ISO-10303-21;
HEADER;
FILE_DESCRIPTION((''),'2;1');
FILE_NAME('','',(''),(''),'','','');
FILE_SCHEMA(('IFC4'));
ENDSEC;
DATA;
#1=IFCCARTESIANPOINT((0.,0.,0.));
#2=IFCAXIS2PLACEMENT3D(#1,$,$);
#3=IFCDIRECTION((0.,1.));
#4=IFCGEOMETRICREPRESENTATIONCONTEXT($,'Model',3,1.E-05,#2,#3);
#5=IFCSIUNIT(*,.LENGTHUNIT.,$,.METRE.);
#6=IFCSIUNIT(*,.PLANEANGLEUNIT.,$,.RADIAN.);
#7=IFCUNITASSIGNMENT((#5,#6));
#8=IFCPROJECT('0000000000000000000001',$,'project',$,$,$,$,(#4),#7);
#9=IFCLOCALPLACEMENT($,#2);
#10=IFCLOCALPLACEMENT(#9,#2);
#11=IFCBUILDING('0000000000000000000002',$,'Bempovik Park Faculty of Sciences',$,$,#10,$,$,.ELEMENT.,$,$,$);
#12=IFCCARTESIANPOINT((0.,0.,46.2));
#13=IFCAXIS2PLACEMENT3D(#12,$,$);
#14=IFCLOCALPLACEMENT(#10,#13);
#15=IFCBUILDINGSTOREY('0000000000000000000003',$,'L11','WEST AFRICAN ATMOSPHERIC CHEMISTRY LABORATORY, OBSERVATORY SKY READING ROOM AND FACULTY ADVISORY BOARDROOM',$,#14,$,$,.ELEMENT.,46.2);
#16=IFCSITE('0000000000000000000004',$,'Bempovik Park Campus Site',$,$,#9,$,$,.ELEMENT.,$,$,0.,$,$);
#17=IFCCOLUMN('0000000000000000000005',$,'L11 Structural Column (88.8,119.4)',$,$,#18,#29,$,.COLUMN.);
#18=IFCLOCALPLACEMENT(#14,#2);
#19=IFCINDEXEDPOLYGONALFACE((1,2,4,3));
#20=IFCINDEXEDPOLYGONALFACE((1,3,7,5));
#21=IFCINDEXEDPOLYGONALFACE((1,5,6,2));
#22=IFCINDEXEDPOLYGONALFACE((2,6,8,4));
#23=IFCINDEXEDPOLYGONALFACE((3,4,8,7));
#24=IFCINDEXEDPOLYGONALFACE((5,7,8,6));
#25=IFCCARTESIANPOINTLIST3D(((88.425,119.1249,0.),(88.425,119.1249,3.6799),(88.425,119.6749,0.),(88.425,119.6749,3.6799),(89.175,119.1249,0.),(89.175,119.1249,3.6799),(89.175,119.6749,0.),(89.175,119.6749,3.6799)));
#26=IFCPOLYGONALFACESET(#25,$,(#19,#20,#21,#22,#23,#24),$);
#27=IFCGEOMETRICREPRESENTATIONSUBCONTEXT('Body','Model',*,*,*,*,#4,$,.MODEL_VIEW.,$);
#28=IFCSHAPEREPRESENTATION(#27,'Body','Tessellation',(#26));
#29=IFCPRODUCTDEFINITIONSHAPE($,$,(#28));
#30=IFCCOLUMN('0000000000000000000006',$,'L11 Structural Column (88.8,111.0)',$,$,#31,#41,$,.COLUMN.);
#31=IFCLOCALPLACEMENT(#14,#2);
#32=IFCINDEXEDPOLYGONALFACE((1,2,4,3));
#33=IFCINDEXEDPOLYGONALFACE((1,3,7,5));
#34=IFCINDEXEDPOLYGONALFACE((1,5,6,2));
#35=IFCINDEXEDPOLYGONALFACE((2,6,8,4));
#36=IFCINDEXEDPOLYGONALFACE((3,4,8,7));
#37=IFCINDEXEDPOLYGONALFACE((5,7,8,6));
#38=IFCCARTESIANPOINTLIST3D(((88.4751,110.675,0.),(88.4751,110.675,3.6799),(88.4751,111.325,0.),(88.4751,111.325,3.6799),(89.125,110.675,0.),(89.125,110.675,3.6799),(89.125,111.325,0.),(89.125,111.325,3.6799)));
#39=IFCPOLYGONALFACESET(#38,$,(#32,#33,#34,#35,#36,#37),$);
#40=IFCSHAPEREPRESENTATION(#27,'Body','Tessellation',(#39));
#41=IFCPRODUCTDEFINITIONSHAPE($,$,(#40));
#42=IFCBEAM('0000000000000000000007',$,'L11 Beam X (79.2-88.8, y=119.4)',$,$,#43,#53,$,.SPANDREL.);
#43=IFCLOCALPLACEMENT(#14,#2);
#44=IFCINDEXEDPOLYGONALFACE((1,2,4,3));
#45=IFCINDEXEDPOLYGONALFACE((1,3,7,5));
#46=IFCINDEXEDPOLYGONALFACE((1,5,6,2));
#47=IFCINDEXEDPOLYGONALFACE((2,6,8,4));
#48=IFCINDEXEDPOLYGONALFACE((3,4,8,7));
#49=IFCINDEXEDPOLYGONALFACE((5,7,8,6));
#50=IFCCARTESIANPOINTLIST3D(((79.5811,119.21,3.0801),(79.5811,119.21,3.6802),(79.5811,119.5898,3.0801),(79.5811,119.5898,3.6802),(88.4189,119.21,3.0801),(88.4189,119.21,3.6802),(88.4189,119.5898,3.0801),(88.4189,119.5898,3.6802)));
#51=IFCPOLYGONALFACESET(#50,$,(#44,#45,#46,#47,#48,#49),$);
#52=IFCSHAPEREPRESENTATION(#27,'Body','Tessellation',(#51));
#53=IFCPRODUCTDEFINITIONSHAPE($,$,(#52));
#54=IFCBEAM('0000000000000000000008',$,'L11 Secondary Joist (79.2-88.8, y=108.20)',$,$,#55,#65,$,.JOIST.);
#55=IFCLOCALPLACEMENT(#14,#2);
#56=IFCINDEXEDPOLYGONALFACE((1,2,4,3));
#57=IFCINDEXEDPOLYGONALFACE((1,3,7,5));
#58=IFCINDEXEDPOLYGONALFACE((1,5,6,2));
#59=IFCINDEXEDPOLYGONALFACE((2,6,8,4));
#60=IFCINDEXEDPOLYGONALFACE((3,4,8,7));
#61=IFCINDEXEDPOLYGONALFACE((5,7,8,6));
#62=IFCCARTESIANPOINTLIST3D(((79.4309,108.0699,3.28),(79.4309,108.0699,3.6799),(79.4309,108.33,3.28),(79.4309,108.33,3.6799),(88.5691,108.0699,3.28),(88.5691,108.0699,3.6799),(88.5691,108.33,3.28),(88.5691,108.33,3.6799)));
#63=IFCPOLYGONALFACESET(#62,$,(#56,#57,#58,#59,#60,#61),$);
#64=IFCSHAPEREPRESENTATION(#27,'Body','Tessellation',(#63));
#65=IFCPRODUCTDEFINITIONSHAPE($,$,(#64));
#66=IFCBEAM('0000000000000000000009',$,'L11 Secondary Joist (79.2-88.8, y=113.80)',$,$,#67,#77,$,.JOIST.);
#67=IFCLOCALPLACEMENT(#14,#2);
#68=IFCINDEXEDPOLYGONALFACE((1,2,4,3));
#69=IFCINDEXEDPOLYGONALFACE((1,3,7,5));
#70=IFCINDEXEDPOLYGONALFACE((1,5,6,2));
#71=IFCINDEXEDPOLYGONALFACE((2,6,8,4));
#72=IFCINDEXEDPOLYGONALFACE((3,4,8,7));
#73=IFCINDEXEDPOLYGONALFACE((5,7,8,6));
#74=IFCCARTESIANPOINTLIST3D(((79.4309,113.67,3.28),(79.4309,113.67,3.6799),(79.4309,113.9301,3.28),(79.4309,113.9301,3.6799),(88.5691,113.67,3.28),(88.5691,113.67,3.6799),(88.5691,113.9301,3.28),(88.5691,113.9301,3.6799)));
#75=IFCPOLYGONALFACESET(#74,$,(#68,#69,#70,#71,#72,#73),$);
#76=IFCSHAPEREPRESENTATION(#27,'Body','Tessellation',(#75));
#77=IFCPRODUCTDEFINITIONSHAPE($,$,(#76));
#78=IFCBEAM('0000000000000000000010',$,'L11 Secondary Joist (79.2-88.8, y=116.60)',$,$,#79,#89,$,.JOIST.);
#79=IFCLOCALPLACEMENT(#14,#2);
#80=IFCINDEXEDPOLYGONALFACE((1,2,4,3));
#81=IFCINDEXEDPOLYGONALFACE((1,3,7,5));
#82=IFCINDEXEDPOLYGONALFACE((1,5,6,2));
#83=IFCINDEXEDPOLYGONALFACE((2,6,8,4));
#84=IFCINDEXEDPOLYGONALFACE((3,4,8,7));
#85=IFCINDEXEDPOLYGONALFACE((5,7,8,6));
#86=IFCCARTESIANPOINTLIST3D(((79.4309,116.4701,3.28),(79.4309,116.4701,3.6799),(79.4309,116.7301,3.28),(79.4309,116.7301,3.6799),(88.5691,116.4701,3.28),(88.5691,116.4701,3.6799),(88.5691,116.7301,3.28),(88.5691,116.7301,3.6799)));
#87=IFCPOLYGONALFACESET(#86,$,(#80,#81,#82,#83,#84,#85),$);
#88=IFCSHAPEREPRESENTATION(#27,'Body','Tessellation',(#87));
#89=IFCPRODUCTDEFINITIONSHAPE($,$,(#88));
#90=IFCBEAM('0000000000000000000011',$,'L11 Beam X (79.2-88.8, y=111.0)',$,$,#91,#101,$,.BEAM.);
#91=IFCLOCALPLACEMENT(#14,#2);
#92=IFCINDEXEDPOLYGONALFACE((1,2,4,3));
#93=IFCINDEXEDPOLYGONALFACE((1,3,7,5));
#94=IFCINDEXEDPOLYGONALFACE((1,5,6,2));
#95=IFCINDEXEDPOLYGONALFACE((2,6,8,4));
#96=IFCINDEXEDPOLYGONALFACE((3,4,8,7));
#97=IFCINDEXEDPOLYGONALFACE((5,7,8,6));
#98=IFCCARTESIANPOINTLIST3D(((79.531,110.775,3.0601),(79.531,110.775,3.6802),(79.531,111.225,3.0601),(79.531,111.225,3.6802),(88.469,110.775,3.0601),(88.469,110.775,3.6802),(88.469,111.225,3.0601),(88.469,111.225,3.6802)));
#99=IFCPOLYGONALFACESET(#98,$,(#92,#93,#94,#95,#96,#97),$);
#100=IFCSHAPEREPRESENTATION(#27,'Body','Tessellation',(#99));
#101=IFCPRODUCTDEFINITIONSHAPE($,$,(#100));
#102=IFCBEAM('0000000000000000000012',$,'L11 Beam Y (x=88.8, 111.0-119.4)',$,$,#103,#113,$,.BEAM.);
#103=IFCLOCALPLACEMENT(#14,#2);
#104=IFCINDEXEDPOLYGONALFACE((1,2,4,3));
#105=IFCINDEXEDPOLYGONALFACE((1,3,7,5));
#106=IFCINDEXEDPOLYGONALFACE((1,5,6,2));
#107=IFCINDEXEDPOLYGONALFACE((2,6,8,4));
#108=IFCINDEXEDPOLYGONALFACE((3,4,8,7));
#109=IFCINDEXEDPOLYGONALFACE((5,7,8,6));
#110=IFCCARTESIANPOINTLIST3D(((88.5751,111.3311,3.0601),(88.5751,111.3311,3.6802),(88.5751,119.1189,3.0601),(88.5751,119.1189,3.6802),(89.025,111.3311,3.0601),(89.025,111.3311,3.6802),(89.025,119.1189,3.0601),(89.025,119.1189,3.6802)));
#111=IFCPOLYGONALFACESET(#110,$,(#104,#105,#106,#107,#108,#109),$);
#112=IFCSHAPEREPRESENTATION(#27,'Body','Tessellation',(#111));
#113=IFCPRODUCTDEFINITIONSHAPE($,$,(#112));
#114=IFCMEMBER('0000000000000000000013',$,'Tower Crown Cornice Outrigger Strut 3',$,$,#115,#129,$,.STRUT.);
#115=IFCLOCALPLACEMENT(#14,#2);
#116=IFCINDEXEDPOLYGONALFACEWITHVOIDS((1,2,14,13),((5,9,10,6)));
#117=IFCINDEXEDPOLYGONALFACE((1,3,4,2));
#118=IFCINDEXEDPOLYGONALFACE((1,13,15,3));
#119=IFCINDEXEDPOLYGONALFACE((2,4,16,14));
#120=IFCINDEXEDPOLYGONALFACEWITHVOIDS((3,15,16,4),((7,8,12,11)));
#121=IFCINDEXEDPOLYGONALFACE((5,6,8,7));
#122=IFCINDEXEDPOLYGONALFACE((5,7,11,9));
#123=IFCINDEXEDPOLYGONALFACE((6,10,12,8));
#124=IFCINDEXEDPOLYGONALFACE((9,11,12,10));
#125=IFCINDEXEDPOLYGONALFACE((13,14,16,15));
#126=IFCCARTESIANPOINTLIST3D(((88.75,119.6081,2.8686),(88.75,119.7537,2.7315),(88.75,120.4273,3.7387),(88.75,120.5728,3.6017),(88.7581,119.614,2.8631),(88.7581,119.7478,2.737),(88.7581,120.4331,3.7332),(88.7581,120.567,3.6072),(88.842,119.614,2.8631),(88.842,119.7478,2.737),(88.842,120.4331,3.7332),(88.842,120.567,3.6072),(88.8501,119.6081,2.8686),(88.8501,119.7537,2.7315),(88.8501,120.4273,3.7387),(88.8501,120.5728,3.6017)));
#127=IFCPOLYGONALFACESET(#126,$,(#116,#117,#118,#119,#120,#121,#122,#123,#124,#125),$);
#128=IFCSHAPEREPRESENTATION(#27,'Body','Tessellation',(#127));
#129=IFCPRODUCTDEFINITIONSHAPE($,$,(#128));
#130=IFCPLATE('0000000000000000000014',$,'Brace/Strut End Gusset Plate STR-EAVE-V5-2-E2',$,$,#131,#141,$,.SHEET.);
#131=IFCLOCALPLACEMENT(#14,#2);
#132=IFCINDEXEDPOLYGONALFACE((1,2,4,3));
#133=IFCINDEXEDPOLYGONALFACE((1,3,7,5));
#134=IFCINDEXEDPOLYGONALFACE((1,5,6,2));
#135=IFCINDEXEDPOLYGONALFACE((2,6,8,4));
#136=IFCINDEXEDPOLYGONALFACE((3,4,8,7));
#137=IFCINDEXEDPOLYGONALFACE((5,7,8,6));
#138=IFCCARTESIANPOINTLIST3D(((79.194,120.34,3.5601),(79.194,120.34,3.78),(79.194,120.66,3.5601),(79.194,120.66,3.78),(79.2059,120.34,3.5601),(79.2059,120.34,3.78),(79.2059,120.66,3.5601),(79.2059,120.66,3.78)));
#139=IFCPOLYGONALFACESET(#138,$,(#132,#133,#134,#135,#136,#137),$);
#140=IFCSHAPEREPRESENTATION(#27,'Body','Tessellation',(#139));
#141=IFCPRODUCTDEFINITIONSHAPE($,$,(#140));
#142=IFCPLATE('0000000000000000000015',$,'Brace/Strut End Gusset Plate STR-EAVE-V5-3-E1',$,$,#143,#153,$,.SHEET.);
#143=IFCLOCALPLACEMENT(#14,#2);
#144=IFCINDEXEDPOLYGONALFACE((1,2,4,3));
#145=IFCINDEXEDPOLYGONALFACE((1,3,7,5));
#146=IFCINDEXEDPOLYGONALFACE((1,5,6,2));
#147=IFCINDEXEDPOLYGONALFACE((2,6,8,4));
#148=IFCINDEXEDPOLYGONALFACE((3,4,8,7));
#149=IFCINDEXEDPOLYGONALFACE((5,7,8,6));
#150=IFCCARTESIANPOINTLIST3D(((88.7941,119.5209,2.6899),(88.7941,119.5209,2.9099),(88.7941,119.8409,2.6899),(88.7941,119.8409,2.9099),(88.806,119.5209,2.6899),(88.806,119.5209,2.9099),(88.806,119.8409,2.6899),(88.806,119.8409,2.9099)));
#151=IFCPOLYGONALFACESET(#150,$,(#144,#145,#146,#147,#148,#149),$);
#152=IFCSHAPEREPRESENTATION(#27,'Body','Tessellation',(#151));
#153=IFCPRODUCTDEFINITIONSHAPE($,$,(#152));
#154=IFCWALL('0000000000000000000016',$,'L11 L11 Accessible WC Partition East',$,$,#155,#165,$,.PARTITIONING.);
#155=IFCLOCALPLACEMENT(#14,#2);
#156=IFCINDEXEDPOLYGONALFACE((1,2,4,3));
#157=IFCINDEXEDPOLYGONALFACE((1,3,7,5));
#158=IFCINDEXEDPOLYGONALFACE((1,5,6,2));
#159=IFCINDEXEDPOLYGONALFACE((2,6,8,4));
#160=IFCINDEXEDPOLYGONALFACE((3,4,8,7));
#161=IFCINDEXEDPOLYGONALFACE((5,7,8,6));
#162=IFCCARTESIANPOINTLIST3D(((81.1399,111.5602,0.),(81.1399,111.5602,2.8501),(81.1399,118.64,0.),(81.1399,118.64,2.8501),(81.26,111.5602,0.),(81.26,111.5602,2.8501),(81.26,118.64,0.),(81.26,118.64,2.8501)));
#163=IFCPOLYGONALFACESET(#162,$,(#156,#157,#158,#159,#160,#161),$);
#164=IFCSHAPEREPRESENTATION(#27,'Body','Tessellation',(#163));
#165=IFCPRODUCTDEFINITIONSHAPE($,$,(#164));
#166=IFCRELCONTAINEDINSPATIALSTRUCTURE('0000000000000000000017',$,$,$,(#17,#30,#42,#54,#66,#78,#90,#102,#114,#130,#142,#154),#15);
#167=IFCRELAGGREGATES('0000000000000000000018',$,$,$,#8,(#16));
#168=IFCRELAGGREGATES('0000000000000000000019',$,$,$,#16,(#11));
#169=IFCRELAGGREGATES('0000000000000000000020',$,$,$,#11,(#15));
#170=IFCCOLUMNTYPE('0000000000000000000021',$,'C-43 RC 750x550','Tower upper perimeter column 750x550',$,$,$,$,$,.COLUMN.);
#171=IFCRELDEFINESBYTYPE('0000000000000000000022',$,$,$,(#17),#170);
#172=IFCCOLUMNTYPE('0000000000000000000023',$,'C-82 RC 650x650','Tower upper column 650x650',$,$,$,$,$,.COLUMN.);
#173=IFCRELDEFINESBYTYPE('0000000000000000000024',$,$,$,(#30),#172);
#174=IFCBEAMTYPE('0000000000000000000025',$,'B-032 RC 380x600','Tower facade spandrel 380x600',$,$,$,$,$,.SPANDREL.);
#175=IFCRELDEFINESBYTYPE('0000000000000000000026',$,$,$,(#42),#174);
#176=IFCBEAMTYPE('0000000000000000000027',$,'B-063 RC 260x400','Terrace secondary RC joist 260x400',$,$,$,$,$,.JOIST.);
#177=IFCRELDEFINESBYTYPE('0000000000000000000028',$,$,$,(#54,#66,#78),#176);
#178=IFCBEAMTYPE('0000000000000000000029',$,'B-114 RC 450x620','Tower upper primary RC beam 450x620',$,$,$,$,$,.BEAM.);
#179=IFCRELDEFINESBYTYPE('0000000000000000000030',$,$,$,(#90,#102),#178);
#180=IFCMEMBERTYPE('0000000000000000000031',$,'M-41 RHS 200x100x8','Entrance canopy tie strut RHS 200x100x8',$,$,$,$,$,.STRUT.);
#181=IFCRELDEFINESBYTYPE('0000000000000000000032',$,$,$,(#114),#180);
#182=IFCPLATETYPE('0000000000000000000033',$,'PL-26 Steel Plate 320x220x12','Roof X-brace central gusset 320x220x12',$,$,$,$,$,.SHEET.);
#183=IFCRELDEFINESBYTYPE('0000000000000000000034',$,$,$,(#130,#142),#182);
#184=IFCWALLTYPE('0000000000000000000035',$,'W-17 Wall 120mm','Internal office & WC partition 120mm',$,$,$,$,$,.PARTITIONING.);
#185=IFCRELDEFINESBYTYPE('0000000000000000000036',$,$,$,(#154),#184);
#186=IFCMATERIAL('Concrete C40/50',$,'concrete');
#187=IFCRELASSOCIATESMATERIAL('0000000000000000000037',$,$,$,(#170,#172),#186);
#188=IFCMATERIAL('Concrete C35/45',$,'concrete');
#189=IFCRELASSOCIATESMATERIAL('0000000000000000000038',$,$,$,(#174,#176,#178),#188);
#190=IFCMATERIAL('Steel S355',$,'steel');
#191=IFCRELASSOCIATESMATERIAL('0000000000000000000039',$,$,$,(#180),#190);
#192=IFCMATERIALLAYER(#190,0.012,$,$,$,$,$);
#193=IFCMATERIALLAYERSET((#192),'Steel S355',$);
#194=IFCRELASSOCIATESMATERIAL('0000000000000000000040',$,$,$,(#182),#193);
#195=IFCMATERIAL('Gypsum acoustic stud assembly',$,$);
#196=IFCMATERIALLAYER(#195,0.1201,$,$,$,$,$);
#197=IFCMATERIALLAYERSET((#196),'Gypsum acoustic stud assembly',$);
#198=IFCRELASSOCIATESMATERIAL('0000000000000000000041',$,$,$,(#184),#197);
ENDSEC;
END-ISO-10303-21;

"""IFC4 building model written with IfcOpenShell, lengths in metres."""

from ifc_helpers import new_model, si_unit, direction, frame, frame_2d, origin, origin_2d, place, context, subcontext, project, spatial, rectangle, hollow_rectangle, extrude, material, layer, layer_set, material_profile, profile_set, type_object, element, save


model = new_model("IFC4")

# Units and contexts
model_context = context("Model", 3, precision=1e-05, world=origin(), true_north=direction((0.0, 1.0)))
body_context = subcontext(model_context, "Body", "Model", "MODEL_VIEW")
ifc_project = project(units=[si_unit("LENGTHUNIT", "METRE"), si_unit("PLANEANGLEUNIT", "RADIAN")], contexts=[model_context])

# Site, building, storey
site_placement = place(None, origin())
site = spatial("IfcSite", under=ifc_project, at=site_placement, Name="Bempovik Park Campus Site", CompositionType="ELEMENT", RefElevation=0.0)
building_placement = place(site_placement, origin())
building = spatial("IfcBuilding", under=site, at=building_placement, Name="Bempovik Park Faculty of Sciences", CompositionType="ELEMENT")
storey_placement = place(building_placement, frame((0.0, 0.0, 46.2)))
storey = spatial("IfcBuildingStorey", under=building, at=storey_placement, Name="L11", Description="WEST AFRICAN ATMOSPHERIC CHEMISTRY LABORATORY, OBSERVATORY SKY READING ROOM AND FACULTY ADVISORY BOARDROOM", CompositionType="ELEMENT", Elevation=46.2)

# Columns
ifc_material_1 = material(Name="Concrete C40/50", Category="concrete")
ifc_material_profile_1 = material_profile(ifc_material_1, rectangle(XDim=0.75, YDim=0.55, at=origin_2d()), Name="RC 750x550")
ifc_profile_set_1 = profile_set([ifc_material_profile_1], Name="Concrete C40/50")
column_type_1 = type_object("IfcColumnType", Name="C-43 RC 750x550", Description="Tower upper perimeter column 750x550", PredefinedType="COLUMN", material=ifc_profile_set_1)
column_1_placement = place(storey_placement, frame((88.8, 119.3999, 0.0), z_axis=(0.0, 0.0, 1.0), x_axis=(1.0, 0.0, 0.0)))
element("IfcColumn", 1, at=column_1_placement, inside=storey, type_object=column_type_1, Name="L11 Structural Column (88.8,119.4)", PredefinedType="COLUMN", context=body_context, shape_type="SweptSolid", body=[
    extrude(rectangle(XDim=0.75, YDim=0.55, at=origin_2d()), origin(), (0.0, 0.0, 1.0), 3.6799),
])
ifc_material_profile_2 = material_profile(ifc_material_1, rectangle(XDim=0.6499, YDim=0.6499, at=origin_2d()), Name="RC 650x650")
ifc_profile_set_2 = profile_set([ifc_material_profile_2], Name="Concrete C40/50")
column_type_2 = type_object("IfcColumnType", Name="C-82 RC 650x650", Description="Tower upper column 650x650", PredefinedType="COLUMN", material=ifc_profile_set_2)
column_2_placement = place(storey_placement, frame((88.8, 111.0, 0.0), z_axis=(0.0, 0.0, 1.0), x_axis=(1.0, 0.0, 0.0)))
element("IfcColumn", 2, at=column_2_placement, inside=storey, type_object=column_type_2, Name="L11 Structural Column (88.8,111.0)", PredefinedType="COLUMN", context=body_context, shape_type="SweptSolid", body=[
    extrude(rectangle(XDim=0.6499, YDim=0.6499, at=origin_2d()), origin(), (0.0, 0.0, 1.0), 3.6799),
])

# Beams
ifc_material_2 = material(Name="Concrete C35/45", Category="concrete")
ifc_material_profile_3 = material_profile(ifc_material_2, rectangle(XDim=0.3799, YDim=0.6001, at=origin_2d()), Name="RC 380x600")
ifc_profile_set_3 = profile_set([ifc_material_profile_3], Name="Concrete C35/45")
beam_type_1 = type_object("IfcBeamType", Name="B-032 RC 380x600", Description="Tower facade spandrel 380x600", PredefinedType="SPANDREL", material=ifc_profile_set_3)
beam_1_placement = place(storey_placement, frame((79.5811, 119.3999, 3.3801), z_axis=(1.0, 0.0, 0.0), x_axis=(0.0, 1.0, 0.0)))
element("IfcBeam", 3, at=beam_1_placement, inside=storey, type_object=beam_type_1, Name="L11 Beam X (79.2-88.8, y=119.4)", PredefinedType="SPANDREL", context=body_context, shape_type="SweptSolid", body=[
    extrude(rectangle(XDim=0.3799, YDim=0.6001, at=origin_2d()), origin(), (0.0, 0.0, 1.0), 8.8379),
])
ifc_material_profile_4 = material_profile(ifc_material_2, rectangle(XDim=0.26, YDim=0.3999, at=origin_2d()), Name="RC 260x400")
ifc_profile_set_4 = profile_set([ifc_material_profile_4], Name="Concrete C35/45")
beam_type_2 = type_object("IfcBeamType", Name="B-063 RC 260x400", Description="Terrace secondary RC joist 260x400", PredefinedType="JOIST", material=ifc_profile_set_4)
for number, where, z_axis, x_axis, name in (
    (4, (79.4309, 108.2, 3.48), (1.0, 0.0, 0.0), (0.0, 1.0, 0.0), "L11 Secondary Joist (79.2-88.8, y=108.20)"),
    (5, (79.4309, 113.8, 3.48), (1.0, 0.0, 0.0), (0.0, 1.0, 0.0), "L11 Secondary Joist (79.2-88.8, y=113.80)"),
    (6, (79.4309, 116.6001, 3.48), (1.0, 0.0, 0.0), (0.0, 1.0, 0.0), "L11 Secondary Joist (79.2-88.8, y=116.60)"),
):
    element("IfcBeam", number, at=place(storey_placement, frame(where, z_axis=z_axis, x_axis=x_axis)), inside=storey, type_object=beam_type_2, Name=name, PredefinedType="JOIST", context=body_context, shape_type="SweptSolid", body=[
        extrude(rectangle(XDim=0.26, YDim=0.3999, at=origin_2d()), origin(), (0.0, 0.0, 1.0), 9.1382),
    ])
ifc_material_profile_5 = material_profile(ifc_material_2, rectangle(XDim=0.45, YDim=0.6201, at=origin_2d()), Name="RC 450x620")
ifc_profile_set_5 = profile_set([ifc_material_profile_5], Name="Concrete C35/45")
beam_type_3 = type_object("IfcBeamType", Name="B-114 RC 450x620", Description="Tower upper primary RC beam 450x620", PredefinedType="BEAM", material=ifc_profile_set_5)
beam_2_placement = place(storey_placement, frame((79.531, 111.0, 3.3701), z_axis=(1.0, 0.0, 0.0), x_axis=(0.0, 1.0, 0.0)))
element("IfcBeam", 7, at=beam_2_placement, inside=storey, type_object=beam_type_3, Name="L11 Beam X (79.2-88.8, y=111.0)", PredefinedType="BEAM", context=body_context, shape_type="SweptSolid", body=[
    extrude(rectangle(XDim=0.45, YDim=0.6201, at=origin_2d()), origin(), (0.0, 0.0, 1.0), 8.938),
])
beam_3_placement = place(storey_placement, frame((88.8, 111.3311, 3.3701), z_axis=(0.0, 1.0, 0.0), x_axis=(-1.0, 0.0, 0.0)))
element("IfcBeam", 8, at=beam_3_placement, inside=storey, type_object=beam_type_3, Name="L11 Beam Y (x=88.8, 111.0-119.4)", PredefinedType="BEAM", context=body_context, shape_type="SweptSolid", body=[
    extrude(rectangle(XDim=0.45, YDim=0.6201, at=origin_2d()), origin(), (0.0, 0.0, 1.0), 7.7878),
])

# Member
ifc_material_3 = material(Name="Steel S355", Category="steel")
ifc_material_profile_6 = material_profile(ifc_material_3, hollow_rectangle(XDim=0.1001, YDim=0.2, WallThickness=0.0081, at=origin_2d()), Name="RHS 200x100x8")
ifc_profile_set_6 = profile_set([ifc_material_profile_6], Name="Steel S355")
member_type = type_object("IfcMemberType", Name="M-41 RHS 200x100x8", Description="Entrance canopy tie strut RHS 200x100x8", PredefinedType="STRUT", material=ifc_profile_set_6)
member_placement = place(storey_placement, frame((88.8, 119.6809, 2.8), z_axis=(0.0, 0.685435, 0.728134), x_axis=(-1.0, 0.0, 0.0)))
element("IfcMember", 9, at=member_placement, inside=storey, type_object=member_type, Name="Tower Crown Cornice Outrigger Strut 3", PredefinedType="STRUT", context=body_context, shape_type="SweptSolid", body=[
    extrude(hollow_rectangle(XDim=0.1001, YDim=0.2, WallThickness=0.0081, at=origin_2d()), origin(), (0.0, 0.0, 1.0), 1.1951),
])

# Plates
ifc_layer_1 = layer(ifc_material_3, 0.012)
ifc_layer_set_1 = layer_set([ifc_layer_1], Name="Steel S355")
plate_type = type_object("IfcPlateType", Name="PL-26 Steel Plate 320x220x12", Description="Roof X-brace central gusset 320x220x12", PredefinedType="SHEET", material=ifc_layer_set_1)
for number, where, z_axis, x_axis, name in (
    (10, (79.2, 120.5, 3.5601), (0.0, 0.0, 1.0), (1.0, 0.0, 0.0), "Brace/Strut End Gusset Plate STR-EAVE-V5-2-E2"),
    (11, (88.8, 119.6809, 2.6899), (0.0, 0.0, 1.0), (1.0, 0.0, 0.0), "Brace/Strut End Gusset Plate STR-EAVE-V5-3-E1"),
):
    element("IfcPlate", number, at=place(storey_placement, frame(where, z_axis=z_axis, x_axis=x_axis)), inside=storey, type_object=plate_type, Name=name, PredefinedType="SHEET", context=body_context, shape_type="SweptSolid", body=[
        extrude(rectangle(XDim=0.012, YDim=0.3201, at=origin_2d()), origin(), (0.0, 0.0, 1.0), 0.22),
    ])

# Wall
ifc_material_4 = material(Name="Gypsum acoustic stud assembly")
ifc_layer_2 = layer(ifc_material_4, 0.1201)
ifc_layer_set_2 = layer_set([ifc_layer_2], Name="Gypsum acoustic stud assembly")
wall_type_1 = type_object("IfcWallType", Name="W-17 Wall 120mm", Description="Internal office & WC partition 120mm", PredefinedType="PARTITIONING", material=ifc_layer_set_2)
wall_1_placement = place(storey_placement, frame((81.2, 111.5601, 0.0), z_axis=(0.0, 0.0, 1.0), x_axis=(0.0, 1.0, 0.0)))
element("IfcWall", 12, at=wall_1_placement, inside=storey, type_object=wall_type_1, Name="L11 L11 Accessible WC Partition East", PredefinedType="PARTITIONING", context=body_context, shape_type="SweptSolid", body=[
    extrude(rectangle(XDim=7.0798, YDim=0.1201, at=frame_2d((3.54, 0.0))), origin(), (0.0, 0.0, 1.0), 2.8501),
])

save(model, "model.ifc")
